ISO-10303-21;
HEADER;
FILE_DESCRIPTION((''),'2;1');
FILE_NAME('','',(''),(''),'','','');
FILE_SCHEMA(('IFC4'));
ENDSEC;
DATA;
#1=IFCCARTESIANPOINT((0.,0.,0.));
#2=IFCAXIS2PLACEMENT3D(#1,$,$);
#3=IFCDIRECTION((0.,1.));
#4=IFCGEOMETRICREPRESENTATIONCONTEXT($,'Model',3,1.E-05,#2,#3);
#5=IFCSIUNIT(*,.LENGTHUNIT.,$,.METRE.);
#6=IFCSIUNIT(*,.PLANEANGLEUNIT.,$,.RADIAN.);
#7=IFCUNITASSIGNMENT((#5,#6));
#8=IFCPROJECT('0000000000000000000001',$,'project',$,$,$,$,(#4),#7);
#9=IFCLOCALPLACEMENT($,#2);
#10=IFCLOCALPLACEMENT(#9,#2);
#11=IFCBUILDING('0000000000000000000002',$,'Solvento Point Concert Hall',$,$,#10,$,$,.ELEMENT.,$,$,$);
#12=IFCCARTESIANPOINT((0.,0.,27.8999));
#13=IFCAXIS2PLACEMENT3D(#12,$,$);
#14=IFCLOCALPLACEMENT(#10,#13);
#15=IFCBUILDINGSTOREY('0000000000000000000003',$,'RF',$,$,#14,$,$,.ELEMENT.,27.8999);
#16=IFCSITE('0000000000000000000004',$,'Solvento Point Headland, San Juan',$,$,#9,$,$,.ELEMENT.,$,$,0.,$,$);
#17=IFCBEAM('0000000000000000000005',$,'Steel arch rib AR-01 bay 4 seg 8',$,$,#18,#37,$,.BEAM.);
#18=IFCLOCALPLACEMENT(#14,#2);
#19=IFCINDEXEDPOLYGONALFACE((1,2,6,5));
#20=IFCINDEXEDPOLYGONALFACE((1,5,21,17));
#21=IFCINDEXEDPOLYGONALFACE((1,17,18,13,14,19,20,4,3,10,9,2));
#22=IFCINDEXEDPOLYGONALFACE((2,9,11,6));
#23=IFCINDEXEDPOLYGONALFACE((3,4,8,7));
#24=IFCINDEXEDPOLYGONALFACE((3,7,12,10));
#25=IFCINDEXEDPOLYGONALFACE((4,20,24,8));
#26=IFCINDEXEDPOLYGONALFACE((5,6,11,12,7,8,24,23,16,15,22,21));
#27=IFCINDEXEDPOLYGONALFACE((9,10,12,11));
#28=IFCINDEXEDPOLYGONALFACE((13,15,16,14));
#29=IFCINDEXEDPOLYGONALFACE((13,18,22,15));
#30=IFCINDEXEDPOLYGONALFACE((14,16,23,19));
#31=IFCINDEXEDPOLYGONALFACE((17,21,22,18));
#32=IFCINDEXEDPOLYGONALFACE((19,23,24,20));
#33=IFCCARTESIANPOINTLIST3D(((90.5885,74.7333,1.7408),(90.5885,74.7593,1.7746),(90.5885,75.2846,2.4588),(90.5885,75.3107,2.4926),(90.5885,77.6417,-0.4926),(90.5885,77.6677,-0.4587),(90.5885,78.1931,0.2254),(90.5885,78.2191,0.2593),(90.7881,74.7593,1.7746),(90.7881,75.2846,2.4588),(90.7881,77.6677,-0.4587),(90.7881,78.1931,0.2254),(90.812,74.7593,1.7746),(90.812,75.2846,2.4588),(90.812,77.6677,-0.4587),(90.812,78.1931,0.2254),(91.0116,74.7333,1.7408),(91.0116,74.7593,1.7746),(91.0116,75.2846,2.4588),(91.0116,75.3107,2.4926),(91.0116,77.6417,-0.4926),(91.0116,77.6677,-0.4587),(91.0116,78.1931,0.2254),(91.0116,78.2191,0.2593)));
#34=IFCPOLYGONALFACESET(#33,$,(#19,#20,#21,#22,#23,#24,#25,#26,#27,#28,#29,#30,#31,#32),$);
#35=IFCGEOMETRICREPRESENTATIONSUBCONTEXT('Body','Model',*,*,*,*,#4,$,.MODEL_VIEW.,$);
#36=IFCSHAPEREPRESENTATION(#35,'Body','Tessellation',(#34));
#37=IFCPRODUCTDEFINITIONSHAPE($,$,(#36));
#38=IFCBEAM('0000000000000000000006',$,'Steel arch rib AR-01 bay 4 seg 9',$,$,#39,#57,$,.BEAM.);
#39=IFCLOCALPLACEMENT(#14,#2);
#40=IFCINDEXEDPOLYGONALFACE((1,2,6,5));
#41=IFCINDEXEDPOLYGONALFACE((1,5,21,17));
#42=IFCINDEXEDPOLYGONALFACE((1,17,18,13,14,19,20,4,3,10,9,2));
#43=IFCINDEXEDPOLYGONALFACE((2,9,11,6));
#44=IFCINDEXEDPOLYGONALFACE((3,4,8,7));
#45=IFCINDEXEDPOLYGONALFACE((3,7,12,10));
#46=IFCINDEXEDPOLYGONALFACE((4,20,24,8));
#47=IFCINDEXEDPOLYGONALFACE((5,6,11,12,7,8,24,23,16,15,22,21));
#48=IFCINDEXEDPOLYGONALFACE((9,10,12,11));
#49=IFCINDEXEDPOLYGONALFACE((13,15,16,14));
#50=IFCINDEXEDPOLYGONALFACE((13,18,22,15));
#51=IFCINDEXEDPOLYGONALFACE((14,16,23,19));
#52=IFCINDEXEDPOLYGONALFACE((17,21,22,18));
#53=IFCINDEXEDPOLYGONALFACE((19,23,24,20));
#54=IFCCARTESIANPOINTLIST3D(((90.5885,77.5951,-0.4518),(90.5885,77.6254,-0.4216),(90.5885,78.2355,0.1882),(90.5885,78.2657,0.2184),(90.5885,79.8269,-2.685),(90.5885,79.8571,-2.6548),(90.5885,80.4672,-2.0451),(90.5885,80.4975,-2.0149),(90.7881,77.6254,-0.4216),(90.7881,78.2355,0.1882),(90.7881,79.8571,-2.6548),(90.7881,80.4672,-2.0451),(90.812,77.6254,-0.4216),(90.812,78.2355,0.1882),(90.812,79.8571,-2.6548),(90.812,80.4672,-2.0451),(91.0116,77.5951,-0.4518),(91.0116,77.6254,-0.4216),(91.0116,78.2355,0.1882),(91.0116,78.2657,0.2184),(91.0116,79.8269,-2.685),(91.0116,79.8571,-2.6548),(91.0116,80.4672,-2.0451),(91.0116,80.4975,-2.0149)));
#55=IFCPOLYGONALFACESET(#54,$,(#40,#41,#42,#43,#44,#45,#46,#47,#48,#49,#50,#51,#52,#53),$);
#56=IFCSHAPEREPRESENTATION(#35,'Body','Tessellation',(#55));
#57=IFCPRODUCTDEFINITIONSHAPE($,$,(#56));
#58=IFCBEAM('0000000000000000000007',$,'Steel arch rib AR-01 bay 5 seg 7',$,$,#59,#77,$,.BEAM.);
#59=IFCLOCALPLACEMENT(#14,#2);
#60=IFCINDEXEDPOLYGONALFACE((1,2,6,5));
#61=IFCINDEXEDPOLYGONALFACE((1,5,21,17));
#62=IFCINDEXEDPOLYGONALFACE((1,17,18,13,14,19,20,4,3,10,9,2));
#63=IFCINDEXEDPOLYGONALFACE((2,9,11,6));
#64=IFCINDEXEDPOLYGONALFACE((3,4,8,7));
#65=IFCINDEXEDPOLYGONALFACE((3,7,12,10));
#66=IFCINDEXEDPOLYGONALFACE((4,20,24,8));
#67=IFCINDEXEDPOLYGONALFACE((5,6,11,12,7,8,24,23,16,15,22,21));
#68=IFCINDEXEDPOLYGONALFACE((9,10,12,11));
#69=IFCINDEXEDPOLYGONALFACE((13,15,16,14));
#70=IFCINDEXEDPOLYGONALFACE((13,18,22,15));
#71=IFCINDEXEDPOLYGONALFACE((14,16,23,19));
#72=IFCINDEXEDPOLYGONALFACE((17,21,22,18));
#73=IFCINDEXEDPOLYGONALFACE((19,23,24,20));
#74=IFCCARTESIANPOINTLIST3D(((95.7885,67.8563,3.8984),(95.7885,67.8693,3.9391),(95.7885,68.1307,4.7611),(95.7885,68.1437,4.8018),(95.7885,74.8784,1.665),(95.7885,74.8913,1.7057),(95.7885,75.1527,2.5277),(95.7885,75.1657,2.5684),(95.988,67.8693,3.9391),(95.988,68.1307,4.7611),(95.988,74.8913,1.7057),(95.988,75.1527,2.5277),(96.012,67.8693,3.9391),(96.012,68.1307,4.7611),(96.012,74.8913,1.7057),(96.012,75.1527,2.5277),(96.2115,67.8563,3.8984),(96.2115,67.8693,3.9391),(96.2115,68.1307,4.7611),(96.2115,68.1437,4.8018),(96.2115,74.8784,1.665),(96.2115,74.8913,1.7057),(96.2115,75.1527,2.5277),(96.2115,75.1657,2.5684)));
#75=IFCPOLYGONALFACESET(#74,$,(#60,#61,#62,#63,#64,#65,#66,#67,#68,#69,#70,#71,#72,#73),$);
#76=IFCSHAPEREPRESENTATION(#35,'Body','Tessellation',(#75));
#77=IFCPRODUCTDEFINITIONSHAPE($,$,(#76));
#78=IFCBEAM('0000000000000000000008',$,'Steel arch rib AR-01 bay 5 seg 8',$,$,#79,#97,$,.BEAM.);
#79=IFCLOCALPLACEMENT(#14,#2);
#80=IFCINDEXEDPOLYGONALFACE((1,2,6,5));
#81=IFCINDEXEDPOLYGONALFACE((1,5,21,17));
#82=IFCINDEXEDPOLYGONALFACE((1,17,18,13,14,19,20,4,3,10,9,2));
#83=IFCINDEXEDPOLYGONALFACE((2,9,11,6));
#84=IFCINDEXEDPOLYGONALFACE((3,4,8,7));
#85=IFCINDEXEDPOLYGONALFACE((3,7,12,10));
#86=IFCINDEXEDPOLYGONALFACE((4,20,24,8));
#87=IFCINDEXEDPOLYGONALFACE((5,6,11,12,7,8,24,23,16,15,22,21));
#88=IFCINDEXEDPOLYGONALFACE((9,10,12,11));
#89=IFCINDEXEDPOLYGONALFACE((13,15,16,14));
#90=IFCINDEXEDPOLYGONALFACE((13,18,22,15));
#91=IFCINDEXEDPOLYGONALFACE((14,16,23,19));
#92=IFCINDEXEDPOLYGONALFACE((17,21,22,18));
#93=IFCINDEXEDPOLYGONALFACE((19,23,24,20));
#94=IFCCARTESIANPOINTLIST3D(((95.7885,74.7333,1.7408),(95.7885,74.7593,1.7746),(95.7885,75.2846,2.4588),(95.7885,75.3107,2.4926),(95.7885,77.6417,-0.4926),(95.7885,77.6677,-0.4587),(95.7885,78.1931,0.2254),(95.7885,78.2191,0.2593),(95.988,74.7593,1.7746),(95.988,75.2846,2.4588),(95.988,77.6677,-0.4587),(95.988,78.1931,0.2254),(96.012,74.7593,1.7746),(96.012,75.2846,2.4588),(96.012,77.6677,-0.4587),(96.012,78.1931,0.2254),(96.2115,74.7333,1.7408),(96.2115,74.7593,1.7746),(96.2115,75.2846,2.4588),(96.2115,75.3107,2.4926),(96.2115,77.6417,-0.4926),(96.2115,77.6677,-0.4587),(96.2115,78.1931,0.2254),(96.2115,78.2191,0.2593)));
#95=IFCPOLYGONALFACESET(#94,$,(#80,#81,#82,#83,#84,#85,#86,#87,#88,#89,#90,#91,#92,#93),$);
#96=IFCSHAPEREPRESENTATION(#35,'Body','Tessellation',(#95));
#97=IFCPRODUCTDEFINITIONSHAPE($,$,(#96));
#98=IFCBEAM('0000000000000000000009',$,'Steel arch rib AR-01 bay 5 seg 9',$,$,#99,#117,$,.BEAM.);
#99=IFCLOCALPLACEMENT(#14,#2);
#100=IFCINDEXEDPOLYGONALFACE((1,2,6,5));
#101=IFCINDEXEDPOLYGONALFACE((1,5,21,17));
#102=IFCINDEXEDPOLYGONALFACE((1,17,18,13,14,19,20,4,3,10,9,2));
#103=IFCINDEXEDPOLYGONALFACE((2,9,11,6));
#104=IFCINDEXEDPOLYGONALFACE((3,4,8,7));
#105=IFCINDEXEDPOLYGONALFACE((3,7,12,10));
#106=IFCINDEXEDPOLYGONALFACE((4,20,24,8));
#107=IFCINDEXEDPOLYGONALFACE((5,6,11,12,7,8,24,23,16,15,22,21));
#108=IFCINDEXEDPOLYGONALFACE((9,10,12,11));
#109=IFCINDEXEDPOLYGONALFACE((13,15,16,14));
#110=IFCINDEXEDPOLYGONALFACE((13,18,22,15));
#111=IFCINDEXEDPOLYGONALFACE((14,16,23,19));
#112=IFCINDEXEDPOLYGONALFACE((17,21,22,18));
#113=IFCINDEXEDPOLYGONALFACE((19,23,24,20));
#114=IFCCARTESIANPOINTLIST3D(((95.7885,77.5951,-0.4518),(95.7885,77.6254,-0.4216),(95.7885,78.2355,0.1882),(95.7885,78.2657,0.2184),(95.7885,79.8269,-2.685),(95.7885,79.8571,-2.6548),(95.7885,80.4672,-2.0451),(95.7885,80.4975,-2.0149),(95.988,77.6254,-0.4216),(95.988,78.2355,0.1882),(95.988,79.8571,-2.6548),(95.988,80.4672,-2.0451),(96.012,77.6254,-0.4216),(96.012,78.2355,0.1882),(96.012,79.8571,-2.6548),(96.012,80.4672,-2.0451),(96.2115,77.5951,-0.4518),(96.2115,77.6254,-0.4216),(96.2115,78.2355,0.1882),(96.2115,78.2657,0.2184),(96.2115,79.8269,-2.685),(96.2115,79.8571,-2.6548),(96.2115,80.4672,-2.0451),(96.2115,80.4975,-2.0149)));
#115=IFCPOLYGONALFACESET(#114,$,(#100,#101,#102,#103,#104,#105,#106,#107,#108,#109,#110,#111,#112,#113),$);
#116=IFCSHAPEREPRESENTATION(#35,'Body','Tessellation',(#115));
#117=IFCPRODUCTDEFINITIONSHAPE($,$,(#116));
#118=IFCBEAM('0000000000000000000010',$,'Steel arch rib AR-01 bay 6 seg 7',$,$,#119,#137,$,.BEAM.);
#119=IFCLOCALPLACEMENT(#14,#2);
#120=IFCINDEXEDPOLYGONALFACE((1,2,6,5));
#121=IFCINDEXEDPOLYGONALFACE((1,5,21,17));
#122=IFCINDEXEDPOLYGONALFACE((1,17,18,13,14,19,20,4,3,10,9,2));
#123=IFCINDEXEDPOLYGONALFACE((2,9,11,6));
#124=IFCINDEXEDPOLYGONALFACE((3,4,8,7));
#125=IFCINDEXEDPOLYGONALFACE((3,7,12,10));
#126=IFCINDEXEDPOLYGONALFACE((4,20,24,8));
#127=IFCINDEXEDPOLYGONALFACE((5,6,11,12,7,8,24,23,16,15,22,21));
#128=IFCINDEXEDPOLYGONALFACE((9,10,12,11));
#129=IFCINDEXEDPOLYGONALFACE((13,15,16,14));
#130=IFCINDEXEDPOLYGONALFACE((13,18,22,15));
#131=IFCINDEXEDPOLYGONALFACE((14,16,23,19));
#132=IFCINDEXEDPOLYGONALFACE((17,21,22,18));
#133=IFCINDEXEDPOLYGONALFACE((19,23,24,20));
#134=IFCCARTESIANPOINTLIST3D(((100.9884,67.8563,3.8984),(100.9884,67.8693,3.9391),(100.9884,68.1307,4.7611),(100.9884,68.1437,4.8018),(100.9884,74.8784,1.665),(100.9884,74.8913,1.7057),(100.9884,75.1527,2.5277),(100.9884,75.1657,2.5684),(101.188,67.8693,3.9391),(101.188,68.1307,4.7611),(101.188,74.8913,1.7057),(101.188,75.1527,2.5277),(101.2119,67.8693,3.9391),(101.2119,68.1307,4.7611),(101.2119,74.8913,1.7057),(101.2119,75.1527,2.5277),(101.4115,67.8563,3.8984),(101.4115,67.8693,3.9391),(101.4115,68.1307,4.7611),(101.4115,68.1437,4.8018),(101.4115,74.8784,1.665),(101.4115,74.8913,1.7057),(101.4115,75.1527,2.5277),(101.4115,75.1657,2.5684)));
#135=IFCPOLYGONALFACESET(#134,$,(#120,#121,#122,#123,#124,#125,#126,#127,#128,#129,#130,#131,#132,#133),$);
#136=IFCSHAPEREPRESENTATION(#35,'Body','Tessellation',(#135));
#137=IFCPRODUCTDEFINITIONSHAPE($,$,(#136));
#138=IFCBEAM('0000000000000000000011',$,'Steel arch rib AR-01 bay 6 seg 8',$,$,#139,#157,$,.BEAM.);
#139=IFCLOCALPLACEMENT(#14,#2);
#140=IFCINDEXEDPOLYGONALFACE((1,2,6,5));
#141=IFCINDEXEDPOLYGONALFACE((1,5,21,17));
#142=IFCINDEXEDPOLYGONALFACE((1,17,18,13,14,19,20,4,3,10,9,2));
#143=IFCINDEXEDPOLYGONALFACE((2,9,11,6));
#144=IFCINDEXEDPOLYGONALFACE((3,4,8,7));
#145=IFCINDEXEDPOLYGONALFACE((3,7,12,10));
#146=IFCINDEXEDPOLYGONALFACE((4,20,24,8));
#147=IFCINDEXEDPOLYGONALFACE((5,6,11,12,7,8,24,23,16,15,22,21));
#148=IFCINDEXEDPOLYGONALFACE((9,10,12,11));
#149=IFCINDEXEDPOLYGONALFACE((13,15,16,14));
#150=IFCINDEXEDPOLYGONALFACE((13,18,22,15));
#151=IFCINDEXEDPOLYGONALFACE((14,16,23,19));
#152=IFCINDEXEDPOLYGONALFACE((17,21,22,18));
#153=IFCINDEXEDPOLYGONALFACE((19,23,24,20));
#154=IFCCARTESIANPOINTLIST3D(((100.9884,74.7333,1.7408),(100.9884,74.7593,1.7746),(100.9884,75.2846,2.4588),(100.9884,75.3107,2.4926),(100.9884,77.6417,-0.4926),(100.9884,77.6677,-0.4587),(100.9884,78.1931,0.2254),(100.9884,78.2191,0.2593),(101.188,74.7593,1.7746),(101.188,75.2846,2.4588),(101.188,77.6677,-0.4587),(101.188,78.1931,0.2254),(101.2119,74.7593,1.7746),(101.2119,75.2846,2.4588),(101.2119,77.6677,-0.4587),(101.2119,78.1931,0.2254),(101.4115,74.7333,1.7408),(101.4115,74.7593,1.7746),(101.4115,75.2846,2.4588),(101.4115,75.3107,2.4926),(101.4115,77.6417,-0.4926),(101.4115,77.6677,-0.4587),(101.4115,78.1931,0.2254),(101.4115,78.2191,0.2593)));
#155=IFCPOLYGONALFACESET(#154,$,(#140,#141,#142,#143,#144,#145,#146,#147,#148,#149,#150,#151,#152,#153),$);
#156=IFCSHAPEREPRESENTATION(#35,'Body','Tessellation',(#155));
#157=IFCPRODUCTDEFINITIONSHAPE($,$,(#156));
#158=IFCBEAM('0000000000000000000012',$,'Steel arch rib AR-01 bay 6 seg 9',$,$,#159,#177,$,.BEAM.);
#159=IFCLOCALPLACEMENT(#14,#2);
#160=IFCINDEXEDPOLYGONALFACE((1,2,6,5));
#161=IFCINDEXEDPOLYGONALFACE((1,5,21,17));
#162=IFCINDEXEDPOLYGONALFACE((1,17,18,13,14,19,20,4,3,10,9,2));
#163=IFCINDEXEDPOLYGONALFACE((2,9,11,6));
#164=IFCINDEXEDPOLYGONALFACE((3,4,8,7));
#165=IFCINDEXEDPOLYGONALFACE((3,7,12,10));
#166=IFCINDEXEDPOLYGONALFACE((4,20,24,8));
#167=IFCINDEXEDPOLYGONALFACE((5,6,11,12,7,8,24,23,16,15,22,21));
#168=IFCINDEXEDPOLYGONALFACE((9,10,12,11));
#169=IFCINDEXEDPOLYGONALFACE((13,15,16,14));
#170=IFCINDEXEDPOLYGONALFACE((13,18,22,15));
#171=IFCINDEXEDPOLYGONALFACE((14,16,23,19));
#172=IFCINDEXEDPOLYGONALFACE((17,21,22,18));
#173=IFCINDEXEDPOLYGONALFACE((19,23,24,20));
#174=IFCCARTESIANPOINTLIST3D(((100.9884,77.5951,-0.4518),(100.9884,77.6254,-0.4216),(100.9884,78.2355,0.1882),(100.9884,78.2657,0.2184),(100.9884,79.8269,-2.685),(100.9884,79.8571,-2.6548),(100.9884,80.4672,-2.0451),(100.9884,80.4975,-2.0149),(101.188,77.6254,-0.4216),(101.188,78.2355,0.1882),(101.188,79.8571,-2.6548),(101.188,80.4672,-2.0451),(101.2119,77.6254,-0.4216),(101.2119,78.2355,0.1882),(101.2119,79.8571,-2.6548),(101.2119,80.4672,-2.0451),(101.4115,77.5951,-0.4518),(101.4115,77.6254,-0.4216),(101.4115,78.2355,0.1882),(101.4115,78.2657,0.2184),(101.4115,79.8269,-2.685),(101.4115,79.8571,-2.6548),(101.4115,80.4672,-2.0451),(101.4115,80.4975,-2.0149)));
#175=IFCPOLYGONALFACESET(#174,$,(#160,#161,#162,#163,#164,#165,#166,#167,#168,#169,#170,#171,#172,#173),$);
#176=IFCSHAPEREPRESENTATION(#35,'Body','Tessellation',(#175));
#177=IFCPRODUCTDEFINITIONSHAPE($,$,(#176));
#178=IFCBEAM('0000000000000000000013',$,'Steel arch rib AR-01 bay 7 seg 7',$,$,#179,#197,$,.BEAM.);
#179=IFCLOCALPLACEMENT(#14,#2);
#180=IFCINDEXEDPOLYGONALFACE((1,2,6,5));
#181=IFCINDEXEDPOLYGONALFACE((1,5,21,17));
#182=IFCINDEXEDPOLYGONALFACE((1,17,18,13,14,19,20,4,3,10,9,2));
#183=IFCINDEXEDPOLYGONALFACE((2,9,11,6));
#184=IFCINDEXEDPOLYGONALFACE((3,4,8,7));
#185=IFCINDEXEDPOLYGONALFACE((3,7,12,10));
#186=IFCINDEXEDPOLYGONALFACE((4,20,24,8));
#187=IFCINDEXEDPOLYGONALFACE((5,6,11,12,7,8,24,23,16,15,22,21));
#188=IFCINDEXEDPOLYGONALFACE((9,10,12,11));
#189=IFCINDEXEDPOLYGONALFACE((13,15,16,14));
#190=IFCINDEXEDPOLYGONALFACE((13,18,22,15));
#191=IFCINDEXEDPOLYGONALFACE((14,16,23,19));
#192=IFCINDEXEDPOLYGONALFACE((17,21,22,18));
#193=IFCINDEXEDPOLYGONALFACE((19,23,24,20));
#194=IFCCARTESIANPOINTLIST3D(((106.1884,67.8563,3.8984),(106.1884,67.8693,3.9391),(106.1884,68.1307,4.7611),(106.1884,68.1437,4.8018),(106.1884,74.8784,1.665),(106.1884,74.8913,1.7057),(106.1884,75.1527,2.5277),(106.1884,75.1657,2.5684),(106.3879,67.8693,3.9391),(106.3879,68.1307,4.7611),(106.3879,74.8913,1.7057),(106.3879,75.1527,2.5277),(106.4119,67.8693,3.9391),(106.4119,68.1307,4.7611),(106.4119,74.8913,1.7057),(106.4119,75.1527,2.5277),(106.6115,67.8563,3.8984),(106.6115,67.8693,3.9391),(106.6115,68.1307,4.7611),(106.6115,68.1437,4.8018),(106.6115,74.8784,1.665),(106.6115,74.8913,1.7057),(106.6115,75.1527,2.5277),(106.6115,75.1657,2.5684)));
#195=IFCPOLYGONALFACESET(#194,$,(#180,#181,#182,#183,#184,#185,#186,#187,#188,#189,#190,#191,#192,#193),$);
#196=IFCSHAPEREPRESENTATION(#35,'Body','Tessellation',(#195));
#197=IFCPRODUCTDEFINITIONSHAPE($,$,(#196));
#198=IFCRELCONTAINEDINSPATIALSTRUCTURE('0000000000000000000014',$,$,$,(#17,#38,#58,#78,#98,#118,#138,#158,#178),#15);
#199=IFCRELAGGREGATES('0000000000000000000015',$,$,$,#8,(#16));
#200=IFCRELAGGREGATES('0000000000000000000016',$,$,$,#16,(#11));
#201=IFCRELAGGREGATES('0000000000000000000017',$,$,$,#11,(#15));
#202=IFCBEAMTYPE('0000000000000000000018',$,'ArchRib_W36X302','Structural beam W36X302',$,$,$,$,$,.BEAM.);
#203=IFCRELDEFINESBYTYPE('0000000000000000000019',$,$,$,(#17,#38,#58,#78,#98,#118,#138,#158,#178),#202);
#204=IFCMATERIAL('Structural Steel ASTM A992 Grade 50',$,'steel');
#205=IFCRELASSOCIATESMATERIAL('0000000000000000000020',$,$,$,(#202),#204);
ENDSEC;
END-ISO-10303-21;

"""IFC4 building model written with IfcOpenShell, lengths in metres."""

from ifc_helpers import new_model, si_unit, direction, frame, origin, origin_2d, place, context, subcontext, project, spatial, i_section, extrude, material, material_profile, profile_set, type_object, element, save


model = new_model("IFC4")

# Units and contexts
model_context = context("Model", 3, precision=1e-05, world=origin(), true_north=direction((0.0, 1.0)))
body_context = subcontext(model_context, "Body", "Model", "MODEL_VIEW")
ifc_project = project(units=[si_unit("LENGTHUNIT", "METRE"), si_unit("PLANEANGLEUNIT", "RADIAN")], contexts=[model_context])

# Site, building, storey
site_placement = place(None, origin())
site = spatial("IfcSite", under=ifc_project, at=site_placement, Name="Solvento Point Headland, San Juan", CompositionType="ELEMENT", RefElevation=0.0)
building_placement = place(site_placement, origin())
building = spatial("IfcBuilding", under=site, at=building_placement, Name="Solvento Point Concert Hall", CompositionType="ELEMENT")
storey_placement = place(building_placement, frame((0.0, 0.0, 27.8999)))
storey = spatial("IfcBuildingStorey", under=building, at=storey_placement, Name="RF", CompositionType="ELEMENT", Elevation=27.8999)

# Beams
ifc_material_1 = material(Name="Structural Steel ASTM A992 Grade 50", Category="steel")
ifc_material_profile_1 = material_profile(ifc_material_1, i_section(OverallWidth=0.4231, OverallDepth=0.948, WebThickness=0.0239, FlangeThickness=0.0427, at=origin_2d()), Name="W36X302")
ifc_profile_set_1 = profile_set([ifc_material_profile_1], Name="Structural Steel ASTM A992 Grade 50")
beam_type = type_object("IfcBeamType", Name="ArchRib_W36X302", Description="Structural beam W36X302", PredefinedType="BEAM", material=ifc_profile_set_1)
beam_1_placement = place(storey_placement, frame((90.8, 75.022, 2.1167), z_axis=(0.0, 0.793134, -0.609048), x_axis=(-1.0, 0.0, 0.0)))
element("IfcBeam", 1, at=beam_1_placement, inside=storey, type_object=beam_type, Name="Steel arch rib AR-01 bay 4 seg 8", PredefinedType="BEAM", context=body_context, shape_type="SweptSolid", body=[
    extrude(i_section(OverallWidth=0.4231, OverallDepth=0.948, WebThickness=0.0239, FlangeThickness=0.0427, at=origin_2d()), origin(), (0.0, 0.0, 1.0), 3.667),
])
beam_2_placement = place(storey_placement, frame((90.8, 77.9304, -0.1167), z_axis=(0.0, 0.706875, -0.707339), x_axis=(-1.0, 0.0, 0.0)))
element("IfcBeam", 2, at=beam_2_placement, inside=storey, type_object=beam_type, Name="Steel arch rib AR-01 bay 4 seg 9", PredefinedType="BEAM", context=body_context, shape_type="SweptSolid", body=[
    extrude(i_section(OverallWidth=0.4231, OverallDepth=0.948, WebThickness=0.0239, FlangeThickness=0.0427, at=origin_2d()), origin(), (0.0, 0.0, 1.0), 3.1572),
])
beam_3_placement = place(storey_placement, frame((96.0, 68.0, 4.3501), z_axis=(0.0, 0.95296, -0.303097), x_axis=(-1.0, 0.0, 0.0)))
element("IfcBeam", 3, at=beam_3_placement, inside=storey, type_object=beam_type, Name="Steel arch rib AR-01 bay 5 seg 7", PredefinedType="BEAM", context=body_context, shape_type="SweptSolid", body=[
    extrude(i_section(OverallWidth=0.4231, OverallDepth=0.948, WebThickness=0.0239, FlangeThickness=0.0427, at=origin_2d()), origin(), (0.0, 0.0, 1.0), 7.3687),
])
beam_4_placement = place(storey_placement, frame((96.0, 75.022, 2.1167), z_axis=(0.0, 0.793134, -0.609048), x_axis=(-1.0, 0.0, 0.0)))
element("IfcBeam", 4, at=beam_4_placement, inside=storey, type_object=beam_type, Name="Steel arch rib AR-01 bay 5 seg 8", PredefinedType="BEAM", context=body_context, shape_type="SweptSolid", body=[
    extrude(i_section(OverallWidth=0.4231, OverallDepth=0.948, WebThickness=0.0239, FlangeThickness=0.0427, at=origin_2d()), origin(), (0.0, 0.0, 1.0), 3.667),
])
beam_5_placement = place(storey_placement, frame((96.0, 77.9304, -0.1167), z_axis=(0.0, 0.706875, -0.707339), x_axis=(-1.0, 0.0, 0.0)))
element("IfcBeam", 5, at=beam_5_placement, inside=storey, type_object=beam_type, Name="Steel arch rib AR-01 bay 5 seg 9", PredefinedType="BEAM", context=body_context, shape_type="SweptSolid", body=[
    extrude(i_section(OverallWidth=0.4231, OverallDepth=0.948, WebThickness=0.0239, FlangeThickness=0.0427, at=origin_2d()), origin(), (0.0, 0.0, 1.0), 3.1572),
])
beam_6_placement = place(storey_placement, frame((101.2, 68.0, 4.3501), z_axis=(0.0, 0.95296, -0.303097), x_axis=(-1.0, 0.0, 0.0)))
element("IfcBeam", 6, at=beam_6_placement, inside=storey, type_object=beam_type, Name="Steel arch rib AR-01 bay 6 seg 7", PredefinedType="BEAM", context=body_context, shape_type="SweptSolid", body=[
    extrude(i_section(OverallWidth=0.4231, OverallDepth=0.948, WebThickness=0.0239, FlangeThickness=0.0427, at=origin_2d()), origin(), (0.0, 0.0, 1.0), 7.3687),
])
beam_7_placement = place(storey_placement, frame((101.2, 75.022, 2.1167), z_axis=(0.0, 0.793134, -0.609048), x_axis=(-1.0, 0.0, 0.0)))
element("IfcBeam", 7, at=beam_7_placement, inside=storey, type_object=beam_type, Name="Steel arch rib AR-01 bay 6 seg 8", PredefinedType="BEAM", context=body_context, shape_type="SweptSolid", body=[
    extrude(i_section(OverallWidth=0.4231, OverallDepth=0.948, WebThickness=0.0239, FlangeThickness=0.0427, at=origin_2d()), origin(), (0.0, 0.0, 1.0), 3.667),
])
beam_8_placement = place(storey_placement, frame((101.2, 77.9304, -0.1167), z_axis=(0.0, 0.706875, -0.707339), x_axis=(-1.0, 0.0, 0.0)))
element("IfcBeam", 8, at=beam_8_placement, inside=storey, type_object=beam_type, Name="Steel arch rib AR-01 bay 6 seg 9", PredefinedType="BEAM", context=body_context, shape_type="SweptSolid", body=[
    extrude(i_section(OverallWidth=0.4231, OverallDepth=0.948, WebThickness=0.0239, FlangeThickness=0.0427, at=origin_2d()), origin(), (0.0, 0.0, 1.0), 3.1572),
])
beam_9_placement = place(storey_placement, frame((106.3999, 68.0, 4.3501), z_axis=(0.0, 0.95296, -0.303097), x_axis=(-1.0, 0.0, 0.0)))
element("IfcBeam", 9, at=beam_9_placement, inside=storey, type_object=beam_type, Name="Steel arch rib AR-01 bay 7 seg 7", PredefinedType="BEAM", context=body_context, shape_type="SweptSolid", body=[
    extrude(i_section(OverallWidth=0.4231, OverallDepth=0.948, WebThickness=0.0239, FlangeThickness=0.0427, at=origin_2d()), origin(), (0.0, 0.0, 1.0), 7.3687),
])

save(model, "model.ifc")
